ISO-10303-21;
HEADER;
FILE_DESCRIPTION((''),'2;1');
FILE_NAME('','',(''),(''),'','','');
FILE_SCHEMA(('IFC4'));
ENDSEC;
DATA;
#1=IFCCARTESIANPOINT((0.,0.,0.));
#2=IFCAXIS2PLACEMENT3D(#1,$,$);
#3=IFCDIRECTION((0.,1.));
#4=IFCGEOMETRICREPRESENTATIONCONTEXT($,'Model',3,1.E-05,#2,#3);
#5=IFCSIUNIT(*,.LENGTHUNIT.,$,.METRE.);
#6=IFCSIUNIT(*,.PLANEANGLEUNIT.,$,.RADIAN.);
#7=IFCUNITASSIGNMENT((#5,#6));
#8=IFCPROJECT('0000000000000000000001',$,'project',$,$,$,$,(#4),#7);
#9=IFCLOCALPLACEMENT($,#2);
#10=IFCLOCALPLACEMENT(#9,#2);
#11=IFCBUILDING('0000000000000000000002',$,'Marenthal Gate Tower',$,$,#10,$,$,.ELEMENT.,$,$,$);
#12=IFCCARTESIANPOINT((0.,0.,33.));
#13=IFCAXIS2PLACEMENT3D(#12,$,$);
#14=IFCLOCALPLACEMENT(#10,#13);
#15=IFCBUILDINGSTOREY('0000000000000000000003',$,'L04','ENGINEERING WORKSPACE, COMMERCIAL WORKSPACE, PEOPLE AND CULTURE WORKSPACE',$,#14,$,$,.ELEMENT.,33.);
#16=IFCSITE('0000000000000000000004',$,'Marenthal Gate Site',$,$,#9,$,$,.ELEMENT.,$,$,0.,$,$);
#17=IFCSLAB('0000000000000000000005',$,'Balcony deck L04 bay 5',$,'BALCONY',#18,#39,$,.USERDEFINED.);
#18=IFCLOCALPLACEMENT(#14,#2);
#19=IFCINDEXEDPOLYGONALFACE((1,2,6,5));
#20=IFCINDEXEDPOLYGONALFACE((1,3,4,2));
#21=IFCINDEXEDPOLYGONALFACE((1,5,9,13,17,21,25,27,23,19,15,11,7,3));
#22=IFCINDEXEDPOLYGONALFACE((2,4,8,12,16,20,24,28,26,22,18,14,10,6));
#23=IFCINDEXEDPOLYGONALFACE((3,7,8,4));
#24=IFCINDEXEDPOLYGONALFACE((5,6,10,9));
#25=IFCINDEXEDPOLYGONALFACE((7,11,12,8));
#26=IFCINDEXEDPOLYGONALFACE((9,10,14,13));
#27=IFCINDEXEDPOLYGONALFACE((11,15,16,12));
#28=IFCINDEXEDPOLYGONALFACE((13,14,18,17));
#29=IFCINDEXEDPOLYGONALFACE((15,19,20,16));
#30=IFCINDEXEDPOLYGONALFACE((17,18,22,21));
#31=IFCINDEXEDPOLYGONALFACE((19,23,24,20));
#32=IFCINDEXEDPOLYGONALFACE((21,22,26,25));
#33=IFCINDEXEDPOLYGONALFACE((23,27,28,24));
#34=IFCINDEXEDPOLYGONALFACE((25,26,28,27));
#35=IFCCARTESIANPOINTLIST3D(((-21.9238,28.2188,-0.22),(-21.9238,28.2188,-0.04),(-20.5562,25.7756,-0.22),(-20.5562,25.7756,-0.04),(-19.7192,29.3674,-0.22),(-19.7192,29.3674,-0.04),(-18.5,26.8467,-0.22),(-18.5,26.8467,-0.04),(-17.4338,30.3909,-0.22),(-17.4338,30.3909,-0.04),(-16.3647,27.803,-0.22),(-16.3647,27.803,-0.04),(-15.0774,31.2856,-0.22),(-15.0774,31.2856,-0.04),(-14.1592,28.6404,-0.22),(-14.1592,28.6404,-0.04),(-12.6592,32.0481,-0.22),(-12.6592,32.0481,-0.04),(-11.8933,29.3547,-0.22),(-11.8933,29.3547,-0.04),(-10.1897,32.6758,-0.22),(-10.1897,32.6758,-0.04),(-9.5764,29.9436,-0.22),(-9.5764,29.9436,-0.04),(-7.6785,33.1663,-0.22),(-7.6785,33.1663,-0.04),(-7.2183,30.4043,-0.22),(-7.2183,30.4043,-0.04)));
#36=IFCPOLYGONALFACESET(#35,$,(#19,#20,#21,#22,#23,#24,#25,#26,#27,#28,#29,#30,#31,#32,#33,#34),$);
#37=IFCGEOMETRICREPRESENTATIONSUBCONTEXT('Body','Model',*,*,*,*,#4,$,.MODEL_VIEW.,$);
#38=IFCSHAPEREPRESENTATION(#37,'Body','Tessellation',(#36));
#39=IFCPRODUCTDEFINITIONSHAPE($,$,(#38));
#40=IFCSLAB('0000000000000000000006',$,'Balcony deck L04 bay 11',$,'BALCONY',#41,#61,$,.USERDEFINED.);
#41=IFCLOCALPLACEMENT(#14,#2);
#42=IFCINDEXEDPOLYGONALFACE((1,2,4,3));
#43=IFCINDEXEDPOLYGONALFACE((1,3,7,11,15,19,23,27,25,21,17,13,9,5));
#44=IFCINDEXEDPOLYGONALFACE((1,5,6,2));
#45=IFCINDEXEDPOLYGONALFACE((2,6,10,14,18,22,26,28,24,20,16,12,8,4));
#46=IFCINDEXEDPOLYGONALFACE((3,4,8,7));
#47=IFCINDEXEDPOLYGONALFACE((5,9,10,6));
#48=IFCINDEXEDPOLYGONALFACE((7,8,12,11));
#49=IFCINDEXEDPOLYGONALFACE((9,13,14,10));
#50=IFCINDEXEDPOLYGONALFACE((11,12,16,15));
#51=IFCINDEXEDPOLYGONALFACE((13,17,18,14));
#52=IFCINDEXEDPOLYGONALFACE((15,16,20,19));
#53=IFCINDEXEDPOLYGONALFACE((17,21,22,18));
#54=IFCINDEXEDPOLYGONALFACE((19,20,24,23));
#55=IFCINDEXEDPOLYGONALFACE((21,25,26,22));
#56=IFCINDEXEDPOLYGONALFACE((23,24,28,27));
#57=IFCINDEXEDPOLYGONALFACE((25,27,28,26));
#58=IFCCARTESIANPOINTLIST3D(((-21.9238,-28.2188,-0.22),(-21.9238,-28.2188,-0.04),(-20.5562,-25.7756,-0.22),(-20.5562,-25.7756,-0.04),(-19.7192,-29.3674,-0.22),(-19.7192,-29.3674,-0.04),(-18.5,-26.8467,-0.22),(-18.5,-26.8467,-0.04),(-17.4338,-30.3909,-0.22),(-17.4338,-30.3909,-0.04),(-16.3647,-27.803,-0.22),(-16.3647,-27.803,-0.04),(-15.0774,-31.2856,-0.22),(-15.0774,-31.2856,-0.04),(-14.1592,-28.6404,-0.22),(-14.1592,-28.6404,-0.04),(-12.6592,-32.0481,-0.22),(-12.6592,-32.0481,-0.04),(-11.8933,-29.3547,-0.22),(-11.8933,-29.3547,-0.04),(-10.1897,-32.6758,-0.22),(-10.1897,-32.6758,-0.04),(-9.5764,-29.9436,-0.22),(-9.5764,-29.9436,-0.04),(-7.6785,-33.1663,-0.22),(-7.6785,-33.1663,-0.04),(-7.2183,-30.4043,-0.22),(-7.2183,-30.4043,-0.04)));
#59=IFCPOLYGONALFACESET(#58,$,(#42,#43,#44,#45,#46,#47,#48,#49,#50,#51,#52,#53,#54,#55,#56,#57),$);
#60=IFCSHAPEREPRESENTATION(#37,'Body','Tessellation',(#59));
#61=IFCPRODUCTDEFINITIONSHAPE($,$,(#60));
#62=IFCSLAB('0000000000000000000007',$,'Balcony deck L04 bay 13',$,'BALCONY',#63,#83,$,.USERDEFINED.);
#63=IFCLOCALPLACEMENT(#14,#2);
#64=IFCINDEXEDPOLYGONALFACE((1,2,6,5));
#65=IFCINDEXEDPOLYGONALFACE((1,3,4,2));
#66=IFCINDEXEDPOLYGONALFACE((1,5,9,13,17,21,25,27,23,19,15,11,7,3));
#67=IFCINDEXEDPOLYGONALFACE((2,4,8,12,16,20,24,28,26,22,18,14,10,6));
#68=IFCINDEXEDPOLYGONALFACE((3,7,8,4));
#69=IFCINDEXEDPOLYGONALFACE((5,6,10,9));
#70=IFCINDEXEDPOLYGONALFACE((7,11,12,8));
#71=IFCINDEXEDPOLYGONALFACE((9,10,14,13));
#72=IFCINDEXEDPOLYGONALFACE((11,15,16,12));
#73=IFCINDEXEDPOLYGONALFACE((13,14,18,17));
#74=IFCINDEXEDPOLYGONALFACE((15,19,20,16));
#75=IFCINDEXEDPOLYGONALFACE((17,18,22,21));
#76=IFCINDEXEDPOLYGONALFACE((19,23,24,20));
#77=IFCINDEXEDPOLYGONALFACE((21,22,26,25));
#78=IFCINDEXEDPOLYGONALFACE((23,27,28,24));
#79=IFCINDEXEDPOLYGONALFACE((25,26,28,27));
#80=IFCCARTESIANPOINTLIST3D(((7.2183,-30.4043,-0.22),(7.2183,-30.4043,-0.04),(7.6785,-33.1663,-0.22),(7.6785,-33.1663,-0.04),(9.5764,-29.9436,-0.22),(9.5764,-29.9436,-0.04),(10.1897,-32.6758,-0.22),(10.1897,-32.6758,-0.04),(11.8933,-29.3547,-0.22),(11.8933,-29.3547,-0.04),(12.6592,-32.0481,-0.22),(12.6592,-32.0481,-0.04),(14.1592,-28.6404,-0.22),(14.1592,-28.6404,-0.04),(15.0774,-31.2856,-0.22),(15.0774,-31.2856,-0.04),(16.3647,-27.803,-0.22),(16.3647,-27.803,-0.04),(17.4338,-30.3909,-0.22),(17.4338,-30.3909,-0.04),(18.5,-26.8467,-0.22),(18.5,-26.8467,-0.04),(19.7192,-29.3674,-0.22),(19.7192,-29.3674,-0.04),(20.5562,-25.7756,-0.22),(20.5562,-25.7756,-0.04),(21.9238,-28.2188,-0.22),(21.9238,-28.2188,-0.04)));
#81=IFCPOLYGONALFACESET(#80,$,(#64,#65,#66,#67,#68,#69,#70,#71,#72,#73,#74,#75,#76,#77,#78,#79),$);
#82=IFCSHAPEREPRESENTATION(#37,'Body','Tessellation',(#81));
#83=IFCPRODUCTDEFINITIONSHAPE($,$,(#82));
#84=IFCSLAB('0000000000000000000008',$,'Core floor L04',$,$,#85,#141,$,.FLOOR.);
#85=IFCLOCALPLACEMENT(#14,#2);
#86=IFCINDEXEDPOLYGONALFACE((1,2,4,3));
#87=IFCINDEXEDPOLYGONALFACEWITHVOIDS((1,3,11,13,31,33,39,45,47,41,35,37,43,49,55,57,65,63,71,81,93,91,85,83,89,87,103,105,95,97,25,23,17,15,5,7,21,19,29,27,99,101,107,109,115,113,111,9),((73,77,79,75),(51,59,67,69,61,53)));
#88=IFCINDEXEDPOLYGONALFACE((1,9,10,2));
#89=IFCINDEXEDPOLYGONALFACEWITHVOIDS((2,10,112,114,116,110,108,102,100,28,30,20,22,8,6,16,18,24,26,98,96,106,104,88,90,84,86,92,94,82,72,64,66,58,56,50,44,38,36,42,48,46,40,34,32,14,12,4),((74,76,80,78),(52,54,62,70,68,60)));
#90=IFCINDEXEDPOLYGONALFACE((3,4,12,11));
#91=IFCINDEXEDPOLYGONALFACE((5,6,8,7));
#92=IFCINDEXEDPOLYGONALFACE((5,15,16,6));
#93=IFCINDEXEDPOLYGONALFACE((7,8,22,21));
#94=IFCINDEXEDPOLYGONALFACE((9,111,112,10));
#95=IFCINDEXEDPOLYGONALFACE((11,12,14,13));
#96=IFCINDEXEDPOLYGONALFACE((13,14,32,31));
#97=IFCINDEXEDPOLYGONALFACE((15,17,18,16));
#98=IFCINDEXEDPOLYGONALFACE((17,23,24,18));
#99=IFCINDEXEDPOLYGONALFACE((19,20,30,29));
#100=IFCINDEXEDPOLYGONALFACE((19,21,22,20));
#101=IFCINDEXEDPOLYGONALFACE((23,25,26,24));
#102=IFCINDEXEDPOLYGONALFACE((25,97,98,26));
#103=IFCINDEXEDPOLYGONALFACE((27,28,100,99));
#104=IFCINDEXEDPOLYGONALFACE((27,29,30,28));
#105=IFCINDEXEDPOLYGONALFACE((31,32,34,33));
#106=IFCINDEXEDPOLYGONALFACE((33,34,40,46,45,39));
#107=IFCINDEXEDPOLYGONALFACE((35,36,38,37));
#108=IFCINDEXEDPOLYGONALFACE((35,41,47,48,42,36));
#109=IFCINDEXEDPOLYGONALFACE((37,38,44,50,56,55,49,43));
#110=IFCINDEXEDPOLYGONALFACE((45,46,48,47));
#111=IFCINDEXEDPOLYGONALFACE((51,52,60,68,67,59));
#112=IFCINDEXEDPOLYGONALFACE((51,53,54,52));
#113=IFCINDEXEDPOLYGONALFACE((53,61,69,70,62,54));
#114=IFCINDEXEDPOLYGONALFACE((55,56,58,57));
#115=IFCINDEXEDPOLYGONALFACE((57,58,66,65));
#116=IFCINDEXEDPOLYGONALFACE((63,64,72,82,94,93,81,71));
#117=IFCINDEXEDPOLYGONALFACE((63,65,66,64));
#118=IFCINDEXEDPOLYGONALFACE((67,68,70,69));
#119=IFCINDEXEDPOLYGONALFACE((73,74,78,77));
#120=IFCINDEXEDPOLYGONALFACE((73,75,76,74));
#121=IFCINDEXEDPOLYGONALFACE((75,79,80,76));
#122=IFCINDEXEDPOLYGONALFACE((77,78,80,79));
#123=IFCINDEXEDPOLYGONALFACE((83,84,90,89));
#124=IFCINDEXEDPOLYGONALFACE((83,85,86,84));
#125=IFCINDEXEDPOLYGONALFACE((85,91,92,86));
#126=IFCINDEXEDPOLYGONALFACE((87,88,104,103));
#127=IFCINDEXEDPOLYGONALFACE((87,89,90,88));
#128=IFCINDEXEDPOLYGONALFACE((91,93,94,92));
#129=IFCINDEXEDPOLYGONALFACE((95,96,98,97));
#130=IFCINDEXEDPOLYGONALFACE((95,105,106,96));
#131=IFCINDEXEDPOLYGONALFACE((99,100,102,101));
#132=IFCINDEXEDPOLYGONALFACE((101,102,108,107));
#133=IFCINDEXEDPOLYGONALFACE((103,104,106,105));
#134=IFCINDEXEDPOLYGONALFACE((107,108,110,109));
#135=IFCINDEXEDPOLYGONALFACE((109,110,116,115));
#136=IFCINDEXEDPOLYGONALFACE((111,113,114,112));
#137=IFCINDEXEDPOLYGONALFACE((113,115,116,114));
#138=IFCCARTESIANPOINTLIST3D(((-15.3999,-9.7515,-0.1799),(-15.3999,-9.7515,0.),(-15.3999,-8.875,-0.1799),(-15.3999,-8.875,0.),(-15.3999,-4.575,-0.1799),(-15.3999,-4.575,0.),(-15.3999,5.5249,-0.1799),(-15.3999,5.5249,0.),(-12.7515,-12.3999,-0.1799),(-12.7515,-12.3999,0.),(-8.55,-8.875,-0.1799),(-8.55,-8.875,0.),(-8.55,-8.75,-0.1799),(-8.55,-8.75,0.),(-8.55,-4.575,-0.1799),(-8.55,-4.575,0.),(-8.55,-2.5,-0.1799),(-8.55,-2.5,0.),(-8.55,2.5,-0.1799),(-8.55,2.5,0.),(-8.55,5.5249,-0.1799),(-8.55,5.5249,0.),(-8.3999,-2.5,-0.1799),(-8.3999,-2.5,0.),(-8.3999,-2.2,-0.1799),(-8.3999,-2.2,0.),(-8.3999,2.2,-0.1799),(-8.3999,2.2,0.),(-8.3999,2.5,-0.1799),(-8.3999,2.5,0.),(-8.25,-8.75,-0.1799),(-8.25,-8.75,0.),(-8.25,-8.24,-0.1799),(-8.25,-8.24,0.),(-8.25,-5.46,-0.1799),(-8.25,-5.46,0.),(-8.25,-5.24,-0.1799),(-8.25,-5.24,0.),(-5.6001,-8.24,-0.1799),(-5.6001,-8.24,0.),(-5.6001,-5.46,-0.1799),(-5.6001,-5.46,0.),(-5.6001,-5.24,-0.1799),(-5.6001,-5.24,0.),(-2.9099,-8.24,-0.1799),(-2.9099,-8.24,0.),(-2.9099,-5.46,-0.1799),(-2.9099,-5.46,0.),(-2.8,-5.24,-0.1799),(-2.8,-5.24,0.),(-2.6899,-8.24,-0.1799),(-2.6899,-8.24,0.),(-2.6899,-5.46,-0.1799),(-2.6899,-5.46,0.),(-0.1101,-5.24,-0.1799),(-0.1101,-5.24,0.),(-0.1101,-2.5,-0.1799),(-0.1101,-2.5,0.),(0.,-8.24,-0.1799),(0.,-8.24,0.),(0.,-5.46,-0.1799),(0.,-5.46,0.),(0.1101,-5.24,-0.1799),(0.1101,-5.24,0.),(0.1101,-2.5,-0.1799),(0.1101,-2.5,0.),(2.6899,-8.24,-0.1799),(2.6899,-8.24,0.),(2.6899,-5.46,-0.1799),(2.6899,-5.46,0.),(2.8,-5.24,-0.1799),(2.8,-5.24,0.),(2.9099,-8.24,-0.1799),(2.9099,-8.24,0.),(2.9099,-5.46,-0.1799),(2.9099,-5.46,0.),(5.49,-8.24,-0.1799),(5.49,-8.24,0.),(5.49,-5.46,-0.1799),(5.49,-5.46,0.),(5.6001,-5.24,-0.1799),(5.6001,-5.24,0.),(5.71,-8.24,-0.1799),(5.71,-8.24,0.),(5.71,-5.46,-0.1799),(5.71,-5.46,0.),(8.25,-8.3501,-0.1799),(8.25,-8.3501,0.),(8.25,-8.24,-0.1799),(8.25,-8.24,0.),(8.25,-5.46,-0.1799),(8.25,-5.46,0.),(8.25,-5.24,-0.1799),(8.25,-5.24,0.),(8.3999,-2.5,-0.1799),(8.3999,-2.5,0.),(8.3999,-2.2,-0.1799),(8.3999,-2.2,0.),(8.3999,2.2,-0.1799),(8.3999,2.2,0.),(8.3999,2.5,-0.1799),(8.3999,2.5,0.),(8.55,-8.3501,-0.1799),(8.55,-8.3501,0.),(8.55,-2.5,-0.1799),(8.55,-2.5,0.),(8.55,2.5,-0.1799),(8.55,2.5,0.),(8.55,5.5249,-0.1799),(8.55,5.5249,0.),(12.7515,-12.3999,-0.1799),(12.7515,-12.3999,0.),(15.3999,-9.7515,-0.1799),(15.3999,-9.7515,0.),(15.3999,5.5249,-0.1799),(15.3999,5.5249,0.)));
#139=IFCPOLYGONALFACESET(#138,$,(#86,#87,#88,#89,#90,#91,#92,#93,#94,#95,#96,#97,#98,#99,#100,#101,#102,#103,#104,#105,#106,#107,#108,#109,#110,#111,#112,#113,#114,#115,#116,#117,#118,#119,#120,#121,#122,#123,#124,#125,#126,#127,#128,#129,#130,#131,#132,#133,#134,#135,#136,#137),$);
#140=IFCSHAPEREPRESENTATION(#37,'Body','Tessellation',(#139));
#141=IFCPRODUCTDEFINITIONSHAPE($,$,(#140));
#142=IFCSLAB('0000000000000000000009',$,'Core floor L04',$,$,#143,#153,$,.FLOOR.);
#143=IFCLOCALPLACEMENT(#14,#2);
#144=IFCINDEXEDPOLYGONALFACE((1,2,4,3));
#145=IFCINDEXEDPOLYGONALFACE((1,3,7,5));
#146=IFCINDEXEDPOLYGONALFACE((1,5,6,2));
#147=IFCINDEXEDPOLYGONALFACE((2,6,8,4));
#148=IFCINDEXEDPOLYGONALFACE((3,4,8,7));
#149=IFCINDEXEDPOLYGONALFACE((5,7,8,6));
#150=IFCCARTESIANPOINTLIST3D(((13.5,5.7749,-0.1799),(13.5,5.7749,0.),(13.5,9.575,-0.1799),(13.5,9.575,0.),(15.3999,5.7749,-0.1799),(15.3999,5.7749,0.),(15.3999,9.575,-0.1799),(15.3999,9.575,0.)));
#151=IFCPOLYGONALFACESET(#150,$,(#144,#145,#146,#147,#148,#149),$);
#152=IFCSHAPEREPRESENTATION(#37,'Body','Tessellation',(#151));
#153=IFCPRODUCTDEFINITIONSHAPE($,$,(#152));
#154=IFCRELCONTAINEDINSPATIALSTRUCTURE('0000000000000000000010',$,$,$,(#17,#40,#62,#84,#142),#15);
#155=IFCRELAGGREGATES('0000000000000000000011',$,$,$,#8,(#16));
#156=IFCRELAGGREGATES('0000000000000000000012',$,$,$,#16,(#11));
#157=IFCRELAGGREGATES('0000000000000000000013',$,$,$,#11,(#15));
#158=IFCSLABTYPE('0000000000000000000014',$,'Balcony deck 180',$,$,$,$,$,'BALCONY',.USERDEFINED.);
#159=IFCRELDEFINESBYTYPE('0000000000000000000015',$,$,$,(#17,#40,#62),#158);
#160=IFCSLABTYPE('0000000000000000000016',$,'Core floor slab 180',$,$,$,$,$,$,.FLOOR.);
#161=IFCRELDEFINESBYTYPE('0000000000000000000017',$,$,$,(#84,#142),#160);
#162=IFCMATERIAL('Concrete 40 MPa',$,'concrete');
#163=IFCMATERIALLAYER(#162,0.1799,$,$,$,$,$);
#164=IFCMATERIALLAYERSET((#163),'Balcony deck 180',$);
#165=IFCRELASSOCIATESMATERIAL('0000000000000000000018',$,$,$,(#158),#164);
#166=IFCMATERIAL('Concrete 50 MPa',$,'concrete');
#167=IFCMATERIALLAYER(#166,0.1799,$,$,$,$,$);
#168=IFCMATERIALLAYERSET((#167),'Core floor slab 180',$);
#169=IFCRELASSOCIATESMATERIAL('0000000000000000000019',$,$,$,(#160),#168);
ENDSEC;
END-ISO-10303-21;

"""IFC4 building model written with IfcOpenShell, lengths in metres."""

from ifc_helpers import new_model, si_unit, direction, frame, origin, place, context, subcontext, project, spatial, polyline, outline, extrude, material, layer, layer_set, type_object, element, save


model = new_model("IFC4")

# Units and contexts
model_context = context("Model", 3, precision=1e-05, world=origin(), true_north=direction((0.0, 1.0)))
body_context = subcontext(model_context, "Body", "Model", "MODEL_VIEW")
ifc_project = project(units=[si_unit("LENGTHUNIT", "METRE"), si_unit("PLANEANGLEUNIT", "RADIAN")], contexts=[model_context])

# Site, building, storey
site_placement = place(None, origin())
site = spatial("IfcSite", under=ifc_project, at=site_placement, Name="Marenthal Gate Site", CompositionType="ELEMENT", RefElevation=0.0)
building_placement = place(site_placement, origin())
building = spatial("IfcBuilding", under=site, at=building_placement, Name="Marenthal Gate Tower", CompositionType="ELEMENT")
storey_placement = place(building_placement, frame((0.0, 0.0, 33.0)))
storey = spatial("IfcBuildingStorey", under=building, at=storey_placement, Name="L04", Description="ENGINEERING WORKSPACE, COMMERCIAL WORKSPACE, PEOPLE AND CULTURE WORKSPACE", CompositionType="ELEMENT", Elevation=33.0)

# Slabs
ifc_material_1 = material(Name="Concrete 40 MPa", Category="concrete")
ifc_layer_1 = layer(ifc_material_1, 0.1799)
ifc_layer_set_1 = layer_set([ifc_layer_1], Name="Balcony deck 180")
slab_type_1 = type_object("IfcSlabType", Name="Balcony deck 180", ElementType="BALCONY", PredefinedType="USERDEFINED", material=ifc_layer_set_1)
slab_1_placement = place(storey_placement, frame((0.0, 0.0, -0.22)))
element("IfcSlab", 1, at=slab_1_placement, inside=storey, type_object=slab_type_1, Name="Balcony deck L04 bay 5", ObjectType="BALCONY", PredefinedType="USERDEFINED", context=body_context, shape_type="SweptSolid", body=[
    extrude(outline(polyline([(-7.2183, 30.4043), (-9.5764, 29.9436), (-11.8933, 29.3547), (-14.1592, 28.6404), (-16.3647, 27.803), (-18.5, 26.8467), (-20.5562, 25.7756), (-21.9238, 28.2188), (-19.7192, 29.3674), (-17.4338, 30.3909), (-15.0774, 31.2856), (-12.6592, 32.0481), (-10.1897, 32.6758), (-7.6785, 33.1663), (-7.2183, 30.4043)])), origin(), (0.0, 0.0, 1.0), 0.1799),
])
slab_2_placement = place(storey_placement, frame((0.0, 0.0, -0.22)))
element("IfcSlab", 2, at=slab_2_placement, inside=storey, type_object=slab_type_1, Name="Balcony deck L04 bay 11", ObjectType="BALCONY", PredefinedType="USERDEFINED", context=body_context, shape_type="SweptSolid", body=[
    extrude(outline(polyline([(-20.5562, -25.7756), (-18.5, -26.8467), (-16.3647, -27.803), (-14.1592, -28.6404), (-11.8933, -29.3547), (-9.5764, -29.9436), (-7.2183, -30.4043), (-7.6785, -33.1663), (-10.1897, -32.6758), (-12.6592, -32.0481), (-15.0774, -31.2856), (-17.4338, -30.3909), (-19.7192, -29.3674), (-21.9238, -28.2188), (-20.5562, -25.7756)])), origin(), (0.0, 0.0, 1.0), 0.1799),
])
slab_3_placement = place(storey_placement, frame((0.0, 0.0, -0.22)))
element("IfcSlab", 3, at=slab_3_placement, inside=storey, type_object=slab_type_1, Name="Balcony deck L04 bay 13", ObjectType="BALCONY", PredefinedType="USERDEFINED", context=body_context, shape_type="SweptSolid", body=[
    extrude(outline(polyline([(7.2183, -30.4043), (9.5764, -29.9436), (11.8933, -29.3547), (14.1592, -28.6404), (16.3647, -27.803), (18.5, -26.8467), (20.5562, -25.7756), (21.9238, -28.2188), (19.7192, -29.3674), (17.4338, -30.3909), (15.0774, -31.2856), (12.6592, -32.0481), (10.1897, -32.6758), (7.6785, -33.1663), (7.2183, -30.4043)])), origin(), (0.0, 0.0, 1.0), 0.1799),
])
ifc_material_2 = material(Name="Concrete 50 MPa", Category="concrete")
ifc_layer_2 = layer(ifc_material_2, 0.1799)
ifc_layer_set_2 = layer_set([ifc_layer_2], Name="Core floor slab 180")
slab_type_2 = type_object("IfcSlabType", Name="Core floor slab 180", PredefinedType="FLOOR", material=ifc_layer_set_2)
slab_4_placement = place(storey_placement, frame((0.0, 0.0, -0.1799)))
element("IfcSlab", 4, at=slab_4_placement, inside=storey, type_object=slab_type_2, Name="Core floor L04", PredefinedType="FLOOR", context=body_context, shape_type="SweptSolid", body=[
    extrude(outline(polyline([(15.3999, -9.7515), (12.7515, -12.3999), (-12.7515, -12.3999), (-15.3999, -9.7515), (-15.3999, -8.875), (-8.55, -8.875), (-8.55, -8.75), (-8.25, -8.75), (-8.25, -8.24), (-5.6001, -8.24), (-2.9099, -8.24), (-2.9099, -5.46), (-5.6001, -5.46), (-8.25, -5.46), (-8.25, -5.24), (-5.6001, -5.24), (-2.8, -5.24), (-0.1101, -5.24), (-0.1101, -2.5), (0.1101, -2.5), (0.1101, -5.24), (2.8, -5.24), (5.6001, -5.24), (8.25, -5.24), (8.25, -5.46), (5.71, -5.46), (5.71, -8.24), (8.25, -8.24), (8.25, -8.3501), (8.55, -8.3501), (8.55, -2.5), (8.3999, -2.5), (8.3999, -2.2), (-8.3999, -2.2), (-8.3999, -2.5), (-8.55, -2.5), (-8.55, -4.575), (-15.3999, -4.575), (-15.3999, 5.5249), (-8.55, 5.5249), (-8.55, 2.5), (-8.3999, 2.5), (-8.3999, 2.2), (8.3999, 2.2), (8.3999, 2.5), (8.55, 2.5), (8.55, 5.5249), (15.3999, 5.5249), (15.3999, -9.7515)]), holes=[polyline([(2.6899, -5.46), (0.0, -5.46), (-2.6899, -5.46), (-2.6899, -8.24), (0.0, -8.24), (2.6899, -8.24), (2.6899, -5.46)]), polyline([(5.49, -5.46), (2.9099, -5.46), (2.9099, -8.24), (5.49, -8.24), (5.49, -5.46)])]), origin(), (0.0, 0.0, 1.0), 0.1799),
])
slab_5_placement = place(storey_placement, frame((0.0, 0.0, -0.1799)))
element("IfcSlab", 5, at=slab_5_placement, inside=storey, type_object=slab_type_2, Name="Core floor L04", PredefinedType="FLOOR", context=body_context, shape_type="SweptSolid", body=[
    extrude(outline(polyline([(15.3999, 5.7749), (13.5, 5.7749), (13.5, 9.575), (15.3999, 9.575), (15.3999, 5.7749)])), origin(), (0.0, 0.0, 1.0), 0.1799),
])

save(model, "model.ifc")
